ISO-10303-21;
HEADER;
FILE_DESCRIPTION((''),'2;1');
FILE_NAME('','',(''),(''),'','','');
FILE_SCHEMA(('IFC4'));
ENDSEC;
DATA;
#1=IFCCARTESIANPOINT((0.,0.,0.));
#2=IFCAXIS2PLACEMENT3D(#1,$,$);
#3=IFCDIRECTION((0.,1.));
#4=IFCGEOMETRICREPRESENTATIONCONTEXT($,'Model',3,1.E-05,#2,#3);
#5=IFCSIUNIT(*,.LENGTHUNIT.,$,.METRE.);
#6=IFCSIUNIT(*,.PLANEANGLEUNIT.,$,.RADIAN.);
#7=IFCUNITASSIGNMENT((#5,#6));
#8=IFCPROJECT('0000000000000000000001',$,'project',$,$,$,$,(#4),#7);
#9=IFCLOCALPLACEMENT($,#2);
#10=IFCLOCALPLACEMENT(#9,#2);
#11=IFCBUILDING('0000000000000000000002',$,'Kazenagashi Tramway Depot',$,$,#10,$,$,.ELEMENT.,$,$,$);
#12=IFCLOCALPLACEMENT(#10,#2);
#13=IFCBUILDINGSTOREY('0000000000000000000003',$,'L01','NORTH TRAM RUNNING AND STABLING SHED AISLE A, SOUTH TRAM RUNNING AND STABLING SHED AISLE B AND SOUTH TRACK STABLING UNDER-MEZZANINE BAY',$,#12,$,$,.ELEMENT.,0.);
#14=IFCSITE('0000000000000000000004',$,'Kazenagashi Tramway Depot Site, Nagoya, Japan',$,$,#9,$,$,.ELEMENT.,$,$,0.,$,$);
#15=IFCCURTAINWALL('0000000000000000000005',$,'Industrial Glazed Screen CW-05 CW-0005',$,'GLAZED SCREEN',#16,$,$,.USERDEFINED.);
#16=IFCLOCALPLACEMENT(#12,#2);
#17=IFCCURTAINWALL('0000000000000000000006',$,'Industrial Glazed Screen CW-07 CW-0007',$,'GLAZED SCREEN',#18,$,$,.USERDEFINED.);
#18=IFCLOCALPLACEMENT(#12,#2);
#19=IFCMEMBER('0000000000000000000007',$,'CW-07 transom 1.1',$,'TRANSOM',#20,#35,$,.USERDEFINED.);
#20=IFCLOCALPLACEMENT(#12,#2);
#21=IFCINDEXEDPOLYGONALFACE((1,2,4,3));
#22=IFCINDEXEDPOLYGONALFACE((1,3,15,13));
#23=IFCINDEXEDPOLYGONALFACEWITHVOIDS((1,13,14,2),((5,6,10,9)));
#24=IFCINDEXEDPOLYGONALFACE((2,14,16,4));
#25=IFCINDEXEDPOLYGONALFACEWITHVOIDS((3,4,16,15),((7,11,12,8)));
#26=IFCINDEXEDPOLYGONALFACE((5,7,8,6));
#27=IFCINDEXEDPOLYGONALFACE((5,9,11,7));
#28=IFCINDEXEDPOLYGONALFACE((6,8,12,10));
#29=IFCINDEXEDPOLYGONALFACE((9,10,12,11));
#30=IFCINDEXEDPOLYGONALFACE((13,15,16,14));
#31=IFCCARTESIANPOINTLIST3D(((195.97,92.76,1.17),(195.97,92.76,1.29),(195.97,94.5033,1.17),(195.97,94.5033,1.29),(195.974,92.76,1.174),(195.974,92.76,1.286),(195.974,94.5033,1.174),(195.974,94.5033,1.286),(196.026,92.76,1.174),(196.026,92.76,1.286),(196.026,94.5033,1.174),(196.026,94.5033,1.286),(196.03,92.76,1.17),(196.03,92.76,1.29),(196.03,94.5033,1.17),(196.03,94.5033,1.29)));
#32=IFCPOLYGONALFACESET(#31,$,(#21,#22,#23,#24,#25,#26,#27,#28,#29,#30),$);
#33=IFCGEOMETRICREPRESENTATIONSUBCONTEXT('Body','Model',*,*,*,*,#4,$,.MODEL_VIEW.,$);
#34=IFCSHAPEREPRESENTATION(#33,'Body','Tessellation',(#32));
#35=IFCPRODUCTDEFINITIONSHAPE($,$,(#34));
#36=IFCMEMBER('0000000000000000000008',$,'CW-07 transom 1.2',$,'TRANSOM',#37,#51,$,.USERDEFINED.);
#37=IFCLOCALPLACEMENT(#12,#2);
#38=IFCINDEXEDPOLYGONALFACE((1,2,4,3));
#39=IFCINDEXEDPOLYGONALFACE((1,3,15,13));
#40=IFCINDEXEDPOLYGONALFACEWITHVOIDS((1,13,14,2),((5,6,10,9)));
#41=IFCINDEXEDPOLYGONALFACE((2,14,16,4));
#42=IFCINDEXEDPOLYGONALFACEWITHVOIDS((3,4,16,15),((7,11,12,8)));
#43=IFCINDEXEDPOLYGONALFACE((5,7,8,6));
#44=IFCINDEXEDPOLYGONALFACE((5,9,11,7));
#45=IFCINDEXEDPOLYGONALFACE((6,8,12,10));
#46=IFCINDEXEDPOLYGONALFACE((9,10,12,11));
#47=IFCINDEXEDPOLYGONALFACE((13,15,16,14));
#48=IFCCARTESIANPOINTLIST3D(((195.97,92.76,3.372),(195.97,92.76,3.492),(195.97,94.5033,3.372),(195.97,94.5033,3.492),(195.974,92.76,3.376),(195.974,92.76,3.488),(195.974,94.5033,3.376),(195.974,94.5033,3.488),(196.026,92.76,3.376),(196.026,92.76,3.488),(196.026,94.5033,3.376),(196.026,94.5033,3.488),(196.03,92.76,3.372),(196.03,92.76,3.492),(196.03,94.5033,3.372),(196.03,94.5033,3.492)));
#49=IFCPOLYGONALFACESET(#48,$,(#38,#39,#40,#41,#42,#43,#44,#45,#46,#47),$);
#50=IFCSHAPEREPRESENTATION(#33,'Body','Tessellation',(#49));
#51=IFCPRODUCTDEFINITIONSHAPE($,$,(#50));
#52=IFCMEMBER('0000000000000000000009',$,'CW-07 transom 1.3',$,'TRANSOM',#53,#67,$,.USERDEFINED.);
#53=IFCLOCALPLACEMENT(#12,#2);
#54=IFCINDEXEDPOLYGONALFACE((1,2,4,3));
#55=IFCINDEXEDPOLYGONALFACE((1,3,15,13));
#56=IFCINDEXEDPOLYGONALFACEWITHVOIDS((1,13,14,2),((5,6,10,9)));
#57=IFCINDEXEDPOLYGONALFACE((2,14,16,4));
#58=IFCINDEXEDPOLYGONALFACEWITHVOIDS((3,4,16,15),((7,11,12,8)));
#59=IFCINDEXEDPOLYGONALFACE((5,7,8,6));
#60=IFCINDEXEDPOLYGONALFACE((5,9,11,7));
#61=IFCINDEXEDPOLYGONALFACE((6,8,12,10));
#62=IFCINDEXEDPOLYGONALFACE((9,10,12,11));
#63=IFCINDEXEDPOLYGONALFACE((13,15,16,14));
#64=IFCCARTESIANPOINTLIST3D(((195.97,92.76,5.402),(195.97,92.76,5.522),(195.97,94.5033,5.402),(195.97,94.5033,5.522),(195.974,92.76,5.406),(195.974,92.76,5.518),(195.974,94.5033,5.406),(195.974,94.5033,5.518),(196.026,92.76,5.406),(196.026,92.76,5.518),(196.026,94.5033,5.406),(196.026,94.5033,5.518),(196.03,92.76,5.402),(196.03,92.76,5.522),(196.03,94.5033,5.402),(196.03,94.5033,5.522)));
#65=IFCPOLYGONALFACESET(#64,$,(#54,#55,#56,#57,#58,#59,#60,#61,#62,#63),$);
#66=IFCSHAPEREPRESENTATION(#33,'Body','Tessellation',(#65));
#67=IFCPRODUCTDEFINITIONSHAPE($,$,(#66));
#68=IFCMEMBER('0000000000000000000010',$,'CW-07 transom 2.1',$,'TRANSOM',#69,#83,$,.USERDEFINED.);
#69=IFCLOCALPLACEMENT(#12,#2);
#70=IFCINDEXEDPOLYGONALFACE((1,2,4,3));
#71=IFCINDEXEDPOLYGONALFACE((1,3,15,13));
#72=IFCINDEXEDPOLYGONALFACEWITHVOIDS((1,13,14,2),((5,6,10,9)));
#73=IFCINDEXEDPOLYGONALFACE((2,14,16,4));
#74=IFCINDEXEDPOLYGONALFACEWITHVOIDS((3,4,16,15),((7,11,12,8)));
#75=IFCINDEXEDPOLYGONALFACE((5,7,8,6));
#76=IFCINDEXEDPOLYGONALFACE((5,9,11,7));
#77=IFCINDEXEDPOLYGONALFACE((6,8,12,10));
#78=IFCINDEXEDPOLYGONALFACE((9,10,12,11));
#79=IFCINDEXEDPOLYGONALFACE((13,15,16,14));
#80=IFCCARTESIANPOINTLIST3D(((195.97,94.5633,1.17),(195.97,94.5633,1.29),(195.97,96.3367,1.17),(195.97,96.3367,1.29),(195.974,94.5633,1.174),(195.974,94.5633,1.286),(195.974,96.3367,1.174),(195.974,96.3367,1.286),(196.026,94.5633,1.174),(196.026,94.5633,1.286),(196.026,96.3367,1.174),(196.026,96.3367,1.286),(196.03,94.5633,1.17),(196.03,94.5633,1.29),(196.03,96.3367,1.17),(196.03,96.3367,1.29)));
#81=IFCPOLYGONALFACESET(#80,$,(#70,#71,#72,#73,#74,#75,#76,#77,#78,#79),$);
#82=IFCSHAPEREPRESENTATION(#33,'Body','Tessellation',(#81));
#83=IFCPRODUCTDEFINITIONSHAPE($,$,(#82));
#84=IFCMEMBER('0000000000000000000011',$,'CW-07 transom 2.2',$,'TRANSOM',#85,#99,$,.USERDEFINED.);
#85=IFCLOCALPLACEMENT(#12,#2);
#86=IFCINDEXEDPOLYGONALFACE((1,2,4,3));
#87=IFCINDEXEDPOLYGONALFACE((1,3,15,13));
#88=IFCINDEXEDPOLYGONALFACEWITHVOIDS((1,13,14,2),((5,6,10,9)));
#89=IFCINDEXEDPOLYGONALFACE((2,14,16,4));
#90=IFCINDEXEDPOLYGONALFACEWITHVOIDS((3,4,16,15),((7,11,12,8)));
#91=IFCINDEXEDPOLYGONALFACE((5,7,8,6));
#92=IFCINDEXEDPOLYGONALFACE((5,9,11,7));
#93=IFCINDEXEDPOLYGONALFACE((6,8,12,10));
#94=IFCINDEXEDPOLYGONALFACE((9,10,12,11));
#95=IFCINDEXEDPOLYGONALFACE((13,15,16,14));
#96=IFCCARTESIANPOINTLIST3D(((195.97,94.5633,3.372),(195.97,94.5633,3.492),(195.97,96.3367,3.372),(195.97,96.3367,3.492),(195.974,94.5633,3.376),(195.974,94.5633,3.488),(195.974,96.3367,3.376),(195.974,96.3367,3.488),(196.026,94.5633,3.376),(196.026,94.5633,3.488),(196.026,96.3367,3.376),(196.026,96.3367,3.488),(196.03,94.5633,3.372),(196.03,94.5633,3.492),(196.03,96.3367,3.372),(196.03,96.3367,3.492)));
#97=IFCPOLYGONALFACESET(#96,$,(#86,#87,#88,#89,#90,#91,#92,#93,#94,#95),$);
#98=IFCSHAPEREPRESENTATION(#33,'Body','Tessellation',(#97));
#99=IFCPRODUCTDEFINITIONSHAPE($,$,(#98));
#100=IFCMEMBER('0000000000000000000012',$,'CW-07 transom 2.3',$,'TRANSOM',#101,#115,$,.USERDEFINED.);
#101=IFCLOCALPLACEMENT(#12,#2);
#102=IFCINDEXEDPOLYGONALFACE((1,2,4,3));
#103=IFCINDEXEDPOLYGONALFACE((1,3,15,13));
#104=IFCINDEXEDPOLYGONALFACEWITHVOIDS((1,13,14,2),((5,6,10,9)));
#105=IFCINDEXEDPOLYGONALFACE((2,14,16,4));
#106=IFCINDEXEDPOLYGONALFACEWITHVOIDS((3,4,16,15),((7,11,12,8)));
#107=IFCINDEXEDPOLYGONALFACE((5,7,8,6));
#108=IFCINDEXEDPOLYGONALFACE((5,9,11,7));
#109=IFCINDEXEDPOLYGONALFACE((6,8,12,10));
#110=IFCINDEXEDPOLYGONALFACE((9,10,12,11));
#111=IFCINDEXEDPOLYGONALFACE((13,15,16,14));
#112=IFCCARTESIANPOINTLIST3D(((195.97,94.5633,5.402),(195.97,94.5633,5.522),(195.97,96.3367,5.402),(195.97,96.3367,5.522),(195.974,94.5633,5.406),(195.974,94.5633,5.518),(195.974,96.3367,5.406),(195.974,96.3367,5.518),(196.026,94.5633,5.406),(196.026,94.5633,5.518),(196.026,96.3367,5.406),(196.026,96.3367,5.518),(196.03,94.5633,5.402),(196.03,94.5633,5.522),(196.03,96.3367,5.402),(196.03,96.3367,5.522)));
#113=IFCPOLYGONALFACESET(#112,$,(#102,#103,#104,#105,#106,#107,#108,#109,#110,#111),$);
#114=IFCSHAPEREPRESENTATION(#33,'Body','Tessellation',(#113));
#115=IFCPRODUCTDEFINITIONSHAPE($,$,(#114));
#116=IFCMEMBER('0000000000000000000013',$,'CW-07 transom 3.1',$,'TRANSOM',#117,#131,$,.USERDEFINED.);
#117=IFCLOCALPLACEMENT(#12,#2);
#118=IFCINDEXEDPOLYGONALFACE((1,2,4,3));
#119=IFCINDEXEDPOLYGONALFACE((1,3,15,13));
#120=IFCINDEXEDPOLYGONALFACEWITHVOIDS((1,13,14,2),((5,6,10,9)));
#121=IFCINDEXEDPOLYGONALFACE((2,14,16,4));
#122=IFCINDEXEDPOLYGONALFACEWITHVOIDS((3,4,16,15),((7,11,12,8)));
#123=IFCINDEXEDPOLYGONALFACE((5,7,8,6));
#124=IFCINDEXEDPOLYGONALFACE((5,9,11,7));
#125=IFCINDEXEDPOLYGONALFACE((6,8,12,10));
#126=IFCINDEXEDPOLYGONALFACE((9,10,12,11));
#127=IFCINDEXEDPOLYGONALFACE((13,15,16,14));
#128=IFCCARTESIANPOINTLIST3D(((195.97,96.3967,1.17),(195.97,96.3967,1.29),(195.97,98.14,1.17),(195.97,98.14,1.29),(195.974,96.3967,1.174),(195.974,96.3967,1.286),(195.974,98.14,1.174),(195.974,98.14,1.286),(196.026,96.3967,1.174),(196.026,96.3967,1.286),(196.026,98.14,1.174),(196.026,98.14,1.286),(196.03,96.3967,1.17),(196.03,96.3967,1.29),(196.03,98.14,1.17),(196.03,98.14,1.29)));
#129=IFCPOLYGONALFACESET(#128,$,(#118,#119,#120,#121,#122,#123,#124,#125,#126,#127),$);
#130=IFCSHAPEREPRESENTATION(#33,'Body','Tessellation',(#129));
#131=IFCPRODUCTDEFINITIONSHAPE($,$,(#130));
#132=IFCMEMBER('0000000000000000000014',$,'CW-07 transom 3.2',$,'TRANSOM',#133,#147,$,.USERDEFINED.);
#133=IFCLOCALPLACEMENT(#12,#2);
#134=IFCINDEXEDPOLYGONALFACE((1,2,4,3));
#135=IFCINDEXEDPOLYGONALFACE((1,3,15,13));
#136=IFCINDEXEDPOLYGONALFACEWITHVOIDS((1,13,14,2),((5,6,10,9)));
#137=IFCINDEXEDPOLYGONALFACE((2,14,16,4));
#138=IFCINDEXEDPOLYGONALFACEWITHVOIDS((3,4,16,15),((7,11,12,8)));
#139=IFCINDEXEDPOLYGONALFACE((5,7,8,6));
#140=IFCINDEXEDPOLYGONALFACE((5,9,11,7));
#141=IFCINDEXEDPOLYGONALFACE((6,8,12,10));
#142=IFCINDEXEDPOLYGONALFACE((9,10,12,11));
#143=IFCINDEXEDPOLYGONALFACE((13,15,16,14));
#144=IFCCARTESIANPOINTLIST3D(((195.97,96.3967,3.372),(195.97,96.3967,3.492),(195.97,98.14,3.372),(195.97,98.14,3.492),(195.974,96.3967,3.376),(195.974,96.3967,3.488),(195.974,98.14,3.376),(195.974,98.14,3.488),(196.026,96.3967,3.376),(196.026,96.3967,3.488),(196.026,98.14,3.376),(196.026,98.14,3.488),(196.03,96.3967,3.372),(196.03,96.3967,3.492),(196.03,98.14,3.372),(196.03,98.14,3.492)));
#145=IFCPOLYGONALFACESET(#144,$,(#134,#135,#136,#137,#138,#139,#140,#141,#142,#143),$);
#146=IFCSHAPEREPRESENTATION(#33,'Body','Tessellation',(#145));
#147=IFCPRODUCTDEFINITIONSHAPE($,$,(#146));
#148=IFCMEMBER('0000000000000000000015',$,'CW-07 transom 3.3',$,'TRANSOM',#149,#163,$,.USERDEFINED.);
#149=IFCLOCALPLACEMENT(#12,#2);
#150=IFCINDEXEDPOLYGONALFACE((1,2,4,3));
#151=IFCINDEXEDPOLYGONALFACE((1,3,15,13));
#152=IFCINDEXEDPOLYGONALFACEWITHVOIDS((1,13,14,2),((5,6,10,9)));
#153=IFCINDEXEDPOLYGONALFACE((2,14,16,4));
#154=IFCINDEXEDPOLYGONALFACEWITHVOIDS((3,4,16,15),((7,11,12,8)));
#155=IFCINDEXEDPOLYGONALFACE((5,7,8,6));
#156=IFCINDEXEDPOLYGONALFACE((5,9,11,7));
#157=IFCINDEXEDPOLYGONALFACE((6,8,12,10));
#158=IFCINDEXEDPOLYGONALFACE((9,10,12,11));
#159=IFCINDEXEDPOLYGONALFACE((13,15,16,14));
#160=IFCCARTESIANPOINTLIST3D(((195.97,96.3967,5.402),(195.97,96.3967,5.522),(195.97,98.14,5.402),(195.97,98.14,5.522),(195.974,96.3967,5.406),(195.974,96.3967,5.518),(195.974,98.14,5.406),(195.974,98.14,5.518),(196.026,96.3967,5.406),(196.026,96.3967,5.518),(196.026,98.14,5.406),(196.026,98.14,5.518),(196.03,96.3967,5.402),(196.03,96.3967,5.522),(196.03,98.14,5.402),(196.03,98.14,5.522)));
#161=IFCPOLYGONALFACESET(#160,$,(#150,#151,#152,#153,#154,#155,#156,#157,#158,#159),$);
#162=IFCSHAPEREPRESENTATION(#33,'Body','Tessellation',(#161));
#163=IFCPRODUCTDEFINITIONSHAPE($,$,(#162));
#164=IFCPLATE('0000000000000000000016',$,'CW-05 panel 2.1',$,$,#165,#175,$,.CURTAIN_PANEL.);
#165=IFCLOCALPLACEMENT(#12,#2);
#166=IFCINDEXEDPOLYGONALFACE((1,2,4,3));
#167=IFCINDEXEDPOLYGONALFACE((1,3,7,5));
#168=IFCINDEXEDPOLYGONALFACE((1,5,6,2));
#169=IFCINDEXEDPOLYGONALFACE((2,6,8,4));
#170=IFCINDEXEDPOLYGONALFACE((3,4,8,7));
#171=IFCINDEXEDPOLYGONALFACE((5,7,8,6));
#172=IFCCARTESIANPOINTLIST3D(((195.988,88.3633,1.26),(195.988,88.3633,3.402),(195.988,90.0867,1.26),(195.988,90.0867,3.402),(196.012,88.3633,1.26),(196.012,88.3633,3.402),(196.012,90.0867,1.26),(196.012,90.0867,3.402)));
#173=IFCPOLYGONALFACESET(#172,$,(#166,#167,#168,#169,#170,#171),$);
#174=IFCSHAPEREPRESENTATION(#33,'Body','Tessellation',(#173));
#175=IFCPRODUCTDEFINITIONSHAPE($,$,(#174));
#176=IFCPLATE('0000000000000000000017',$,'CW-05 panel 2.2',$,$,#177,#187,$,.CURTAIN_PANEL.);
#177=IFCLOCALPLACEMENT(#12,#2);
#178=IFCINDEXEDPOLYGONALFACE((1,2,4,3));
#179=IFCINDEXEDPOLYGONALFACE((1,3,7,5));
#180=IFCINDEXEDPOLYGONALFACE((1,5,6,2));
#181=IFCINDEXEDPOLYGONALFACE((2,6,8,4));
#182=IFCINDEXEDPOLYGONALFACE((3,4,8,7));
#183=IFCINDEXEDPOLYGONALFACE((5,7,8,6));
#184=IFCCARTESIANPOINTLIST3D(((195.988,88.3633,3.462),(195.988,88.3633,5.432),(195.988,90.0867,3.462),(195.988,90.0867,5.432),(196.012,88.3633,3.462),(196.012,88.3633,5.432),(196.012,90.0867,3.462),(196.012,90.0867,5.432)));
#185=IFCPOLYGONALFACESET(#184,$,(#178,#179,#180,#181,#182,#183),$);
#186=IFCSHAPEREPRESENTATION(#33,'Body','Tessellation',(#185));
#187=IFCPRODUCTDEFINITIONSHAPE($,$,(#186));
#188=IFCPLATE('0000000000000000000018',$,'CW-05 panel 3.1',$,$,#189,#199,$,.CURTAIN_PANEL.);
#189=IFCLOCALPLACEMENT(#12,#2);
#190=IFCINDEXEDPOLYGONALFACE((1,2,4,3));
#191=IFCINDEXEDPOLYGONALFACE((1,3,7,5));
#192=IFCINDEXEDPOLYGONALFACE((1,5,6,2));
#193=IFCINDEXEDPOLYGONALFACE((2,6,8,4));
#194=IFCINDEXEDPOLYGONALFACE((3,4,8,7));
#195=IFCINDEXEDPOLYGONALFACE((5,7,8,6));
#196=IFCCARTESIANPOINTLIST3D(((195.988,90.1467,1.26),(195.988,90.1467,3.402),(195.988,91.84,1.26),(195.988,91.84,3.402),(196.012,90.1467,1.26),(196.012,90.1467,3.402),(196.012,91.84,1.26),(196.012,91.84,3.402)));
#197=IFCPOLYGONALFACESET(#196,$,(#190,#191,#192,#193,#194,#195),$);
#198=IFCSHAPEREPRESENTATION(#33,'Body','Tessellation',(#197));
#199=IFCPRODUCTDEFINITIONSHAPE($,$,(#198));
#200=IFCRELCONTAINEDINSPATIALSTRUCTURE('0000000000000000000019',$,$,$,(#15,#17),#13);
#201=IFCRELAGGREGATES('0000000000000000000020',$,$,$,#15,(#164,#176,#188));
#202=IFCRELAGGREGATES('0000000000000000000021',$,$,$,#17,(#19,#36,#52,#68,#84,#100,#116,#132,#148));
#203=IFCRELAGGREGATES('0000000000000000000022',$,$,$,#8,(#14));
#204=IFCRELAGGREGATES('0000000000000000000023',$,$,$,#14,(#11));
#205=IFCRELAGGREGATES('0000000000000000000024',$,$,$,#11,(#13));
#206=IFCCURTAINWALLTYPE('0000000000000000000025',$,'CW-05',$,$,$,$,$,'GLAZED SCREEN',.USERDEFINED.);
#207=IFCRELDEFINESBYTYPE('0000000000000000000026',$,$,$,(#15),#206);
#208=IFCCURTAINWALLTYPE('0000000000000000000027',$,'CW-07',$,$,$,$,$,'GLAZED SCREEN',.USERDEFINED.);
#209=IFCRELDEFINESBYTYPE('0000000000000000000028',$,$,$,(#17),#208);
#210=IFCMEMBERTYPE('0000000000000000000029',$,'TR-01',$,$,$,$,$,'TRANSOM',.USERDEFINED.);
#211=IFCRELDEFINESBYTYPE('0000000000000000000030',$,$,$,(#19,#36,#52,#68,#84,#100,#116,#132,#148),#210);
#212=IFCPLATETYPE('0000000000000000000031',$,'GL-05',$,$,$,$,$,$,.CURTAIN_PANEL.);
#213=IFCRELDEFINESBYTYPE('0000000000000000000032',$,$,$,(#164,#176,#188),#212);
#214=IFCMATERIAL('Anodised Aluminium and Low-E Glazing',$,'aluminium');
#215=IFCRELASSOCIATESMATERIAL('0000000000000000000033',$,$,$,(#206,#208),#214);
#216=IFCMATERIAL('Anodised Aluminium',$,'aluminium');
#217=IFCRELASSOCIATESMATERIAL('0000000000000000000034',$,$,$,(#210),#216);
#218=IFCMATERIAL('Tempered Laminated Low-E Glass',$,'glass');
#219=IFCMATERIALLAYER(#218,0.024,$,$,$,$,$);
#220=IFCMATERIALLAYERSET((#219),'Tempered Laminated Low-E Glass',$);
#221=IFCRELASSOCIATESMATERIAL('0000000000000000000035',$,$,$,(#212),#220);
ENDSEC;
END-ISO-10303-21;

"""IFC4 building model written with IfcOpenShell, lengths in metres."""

from ifc_helpers import new_model, si_unit, direction, frame, origin, origin_2d, place, context, subcontext, project, spatial, rectangle, hollow_rectangle, extrude, material, layer, layer_set, material_profile, profile_set, type_object, element, aggregate, save


model = new_model("IFC4")

# Units and contexts
model_context = context("Model", 3, precision=1e-05, world=origin(), true_north=direction((0.0, 1.0)))
body_context = subcontext(model_context, "Body", "Model", "MODEL_VIEW")
ifc_project = project(units=[si_unit("LENGTHUNIT", "METRE"), si_unit("PLANEANGLEUNIT", "RADIAN")], contexts=[model_context])

# Site, building, storey
site_placement = place(None, origin())
site = spatial("IfcSite", under=ifc_project, at=site_placement, Name="Kazenagashi Tramway Depot Site, Nagoya, Japan", CompositionType="ELEMENT", RefElevation=0.0)
building_placement = place(site_placement, origin())
building = spatial("IfcBuilding", under=site, at=building_placement, Name="Kazenagashi Tramway Depot", CompositionType="ELEMENT")
storey_placement = place(building_placement, origin())
storey = spatial("IfcBuildingStorey", under=building, at=storey_placement, Name="L01", Description="NORTH TRAM RUNNING AND STABLING SHED AISLE A, SOUTH TRAM RUNNING AND STABLING SHED AISLE B AND SOUTH TRACK STABLING UNDER-MEZZANINE BAY", CompositionType="ELEMENT", Elevation=0.0)

# Curtain walls
ifc_material_1 = material(Name="Anodised Aluminium and Low-E Glazing", Category="aluminium")
curtain_wall_type_1 = type_object("IfcCurtainWallType", Name="CW-05", ElementType="GLAZED SCREEN", PredefinedType="USERDEFINED", material=ifc_material_1)
curtain_wall_1_placement = place(storey_placement, origin())
curtain_wall_1 = element("IfcCurtainWall", 1, at=curtain_wall_1_placement, inside=storey, type_object=curtain_wall_type_1, Name="Industrial Glazed Screen CW-05 CW-0005", ObjectType="GLAZED SCREEN", PredefinedType="USERDEFINED")
ifc_material_2 = material(Name="Anodised Aluminium", Category="aluminium")
curtain_wall_type_2 = type_object("IfcCurtainWallType", Name="CW-07", ElementType="GLAZED SCREEN", PredefinedType="USERDEFINED", material=ifc_material_1)
curtain_wall_2_placement = place(storey_placement, origin())
curtain_wall_2 = element("IfcCurtainWall", 2, at=curtain_wall_2_placement, inside=storey, type_object=curtain_wall_type_2, Name="Industrial Glazed Screen CW-07 CW-0007", ObjectType="GLAZED SCREEN", PredefinedType="USERDEFINED")

# Members
ifc_material_profile_1 = material_profile(ifc_material_2, hollow_rectangle(XDim=0.06, YDim=0.12, WallThickness=0.004, at=origin_2d()), Name="RHS-120x60x4")
ifc_profile_set_1 = profile_set([ifc_material_profile_1], Name="Anodised Aluminium")
member_type_1 = type_object("IfcMemberType", Name="TR-01", ElementType="TRANSOM", PredefinedType="USERDEFINED", material=ifc_profile_set_1)
member_1_placement = place(storey_placement, frame((196.0, 92.76, 1.23), z_axis=(0.0, 1.0, 0.0), x_axis=(-1.0, 0.0, 0.0)))
member_1 = element("IfcMember", 3, at=member_1_placement, type_object=member_type_1, Name="CW-07 transom 1.1", ObjectType="TRANSOM", PredefinedType="USERDEFINED", context=body_context, shape_type="SweptSolid", body=[
    extrude(hollow_rectangle(XDim=0.06, YDim=0.12, WallThickness=0.004, at=origin_2d()), origin(), (0.0, 0.0, 1.0), 1.7433),
])
member_2_placement = place(storey_placement, frame((196.0, 92.76, 3.432), z_axis=(0.0, 1.0, 0.0), x_axis=(-1.0, 0.0, 0.0)))
member_2 = element("IfcMember", 4, at=member_2_placement, type_object=member_type_1, Name="CW-07 transom 1.2", ObjectType="TRANSOM", PredefinedType="USERDEFINED", context=body_context, shape_type="SweptSolid", body=[
    extrude(hollow_rectangle(XDim=0.06, YDim=0.12, WallThickness=0.004, at=origin_2d()), origin(), (0.0, 0.0, 1.0), 1.7433),
])
member_3_placement = place(storey_placement, frame((196.0, 92.76, 5.462), z_axis=(0.0, 1.0, 0.0), x_axis=(-1.0, 0.0, 0.0)))
member_3 = element("IfcMember", 5, at=member_3_placement, type_object=member_type_1, Name="CW-07 transom 1.3", ObjectType="TRANSOM", PredefinedType="USERDEFINED", context=body_context, shape_type="SweptSolid", body=[
    extrude(hollow_rectangle(XDim=0.06, YDim=0.12, WallThickness=0.004, at=origin_2d()), origin(), (0.0, 0.0, 1.0), 1.7433),
])
member_4_placement = place(storey_placement, frame((196.0, 94.5633, 1.23), z_axis=(0.0, 1.0, 0.0), x_axis=(-1.0, 0.0, 0.0)))
member_4 = element("IfcMember", 6, at=member_4_placement, type_object=member_type_1, Name="CW-07 transom 2.1", ObjectType="TRANSOM", PredefinedType="USERDEFINED", context=body_context, shape_type="SweptSolid", body=[
    extrude(hollow_rectangle(XDim=0.06, YDim=0.12, WallThickness=0.004, at=origin_2d()), origin(), (0.0, 0.0, 1.0), 1.7733),
])
member_5_placement = place(storey_placement, frame((196.0, 94.5633, 3.432), z_axis=(0.0, 1.0, 0.0), x_axis=(-1.0, 0.0, 0.0)))
member_5 = element("IfcMember", 7, at=member_5_placement, type_object=member_type_1, Name="CW-07 transom 2.2", ObjectType="TRANSOM", PredefinedType="USERDEFINED", context=body_context, shape_type="SweptSolid", body=[
    extrude(hollow_rectangle(XDim=0.06, YDim=0.12, WallThickness=0.004, at=origin_2d()), origin(), (0.0, 0.0, 1.0), 1.7733),
])
member_6_placement = place(storey_placement, frame((196.0, 94.5633, 5.462), z_axis=(0.0, 1.0, 0.0), x_axis=(-1.0, 0.0, 0.0)))
member_6 = element("IfcMember", 8, at=member_6_placement, type_object=member_type_1, Name="CW-07 transom 2.3", ObjectType="TRANSOM", PredefinedType="USERDEFINED", context=body_context, shape_type="SweptSolid", body=[
    extrude(hollow_rectangle(XDim=0.06, YDim=0.12, WallThickness=0.004, at=origin_2d()), origin(), (0.0, 0.0, 1.0), 1.7733),
])
member_7_placement = place(storey_placement, frame((196.0, 96.3967, 1.23), z_axis=(0.0, 1.0, 0.0), x_axis=(-1.0, 0.0, 0.0)))
member_7 = element("IfcMember", 9, at=member_7_placement, type_object=member_type_1, Name="CW-07 transom 3.1", ObjectType="TRANSOM", PredefinedType="USERDEFINED", context=body_context, shape_type="SweptSolid", body=[
    extrude(hollow_rectangle(XDim=0.06, YDim=0.12, WallThickness=0.004, at=origin_2d()), origin(), (0.0, 0.0, 1.0), 1.7433),
])
member_8_placement = place(storey_placement, frame((196.0, 96.3967, 3.432), z_axis=(0.0, 1.0, 0.0), x_axis=(-1.0, 0.0, 0.0)))
member_8 = element("IfcMember", 10, at=member_8_placement, type_object=member_type_1, Name="CW-07 transom 3.2", ObjectType="TRANSOM", PredefinedType="USERDEFINED", context=body_context, shape_type="SweptSolid", body=[
    extrude(hollow_rectangle(XDim=0.06, YDim=0.12, WallThickness=0.004, at=origin_2d()), origin(), (0.0, 0.0, 1.0), 1.7433),
])
member_9_placement = place(storey_placement, frame((196.0, 96.3967, 5.462), z_axis=(0.0, 1.0, 0.0), x_axis=(-1.0, 0.0, 0.0)))
member_9 = element("IfcMember", 11, at=member_9_placement, type_object=member_type_1, Name="CW-07 transom 3.3", ObjectType="TRANSOM", PredefinedType="USERDEFINED", context=body_context, shape_type="SweptSolid", body=[
    extrude(hollow_rectangle(XDim=0.06, YDim=0.12, WallThickness=0.004, at=origin_2d()), origin(), (0.0, 0.0, 1.0), 1.7433),
])

# Plates
ifc_material_3 = material(Name="Tempered Laminated Low-E Glass", Category="glass")
ifc_layer_1 = layer(ifc_material_3, 0.024)
ifc_layer_set_1 = layer_set([ifc_layer_1], Name="Tempered Laminated Low-E Glass")
plate_type_1 = type_object("IfcPlateType", Name="GL-05", PredefinedType="CURTAIN_PANEL", material=ifc_layer_set_1)
plate_1_placement = place(storey_placement, frame((196.0, 89.225, 1.26), z_axis=(0.0, 0.0, 1.0), x_axis=(0.0, 1.0, 0.0)))
plate_1 = element("IfcPlate", 12, at=plate_1_placement, type_object=plate_type_1, Name="CW-05 panel 2.1", PredefinedType="CURTAIN_PANEL", context=body_context, shape_type="SweptSolid", body=[
    extrude(rectangle(XDim=1.7233, YDim=0.024, at=origin_2d()), origin(), (0.0, 0.0, 1.0), 2.142),
])
plate_2_placement = place(storey_placement, frame((196.0, 89.225, 3.462), z_axis=(0.0, 0.0, 1.0), x_axis=(0.0, 1.0, 0.0)))
plate_2 = element("IfcPlate", 13, at=plate_2_placement, type_object=plate_type_1, Name="CW-05 panel 2.2", PredefinedType="CURTAIN_PANEL", context=body_context, shape_type="SweptSolid", body=[
    extrude(rectangle(XDim=1.7233, YDim=0.024, at=origin_2d()), origin(), (0.0, 0.0, 1.0), 1.97),
])
plate_3_placement = place(storey_placement, frame((196.0, 90.9933, 1.26), z_axis=(0.0, 0.0, 1.0), x_axis=(0.0, 1.0, 0.0)))
plate_3 = element("IfcPlate", 14, at=plate_3_placement, type_object=plate_type_1, Name="CW-05 panel 3.1", PredefinedType="CURTAIN_PANEL", context=body_context, shape_type="SweptSolid", body=[
    extrude(rectangle(XDim=1.6933, YDim=0.024, at=origin_2d()), origin(), (0.0, 0.0, 1.0), 2.142),
])
aggregate(curtain_wall_1, [plate_1, plate_2, plate_3])
aggregate(curtain_wall_2, [member_1, member_2, member_3, member_4, member_5, member_6, member_7, member_8, member_9])

save(model, "model.ifc")
